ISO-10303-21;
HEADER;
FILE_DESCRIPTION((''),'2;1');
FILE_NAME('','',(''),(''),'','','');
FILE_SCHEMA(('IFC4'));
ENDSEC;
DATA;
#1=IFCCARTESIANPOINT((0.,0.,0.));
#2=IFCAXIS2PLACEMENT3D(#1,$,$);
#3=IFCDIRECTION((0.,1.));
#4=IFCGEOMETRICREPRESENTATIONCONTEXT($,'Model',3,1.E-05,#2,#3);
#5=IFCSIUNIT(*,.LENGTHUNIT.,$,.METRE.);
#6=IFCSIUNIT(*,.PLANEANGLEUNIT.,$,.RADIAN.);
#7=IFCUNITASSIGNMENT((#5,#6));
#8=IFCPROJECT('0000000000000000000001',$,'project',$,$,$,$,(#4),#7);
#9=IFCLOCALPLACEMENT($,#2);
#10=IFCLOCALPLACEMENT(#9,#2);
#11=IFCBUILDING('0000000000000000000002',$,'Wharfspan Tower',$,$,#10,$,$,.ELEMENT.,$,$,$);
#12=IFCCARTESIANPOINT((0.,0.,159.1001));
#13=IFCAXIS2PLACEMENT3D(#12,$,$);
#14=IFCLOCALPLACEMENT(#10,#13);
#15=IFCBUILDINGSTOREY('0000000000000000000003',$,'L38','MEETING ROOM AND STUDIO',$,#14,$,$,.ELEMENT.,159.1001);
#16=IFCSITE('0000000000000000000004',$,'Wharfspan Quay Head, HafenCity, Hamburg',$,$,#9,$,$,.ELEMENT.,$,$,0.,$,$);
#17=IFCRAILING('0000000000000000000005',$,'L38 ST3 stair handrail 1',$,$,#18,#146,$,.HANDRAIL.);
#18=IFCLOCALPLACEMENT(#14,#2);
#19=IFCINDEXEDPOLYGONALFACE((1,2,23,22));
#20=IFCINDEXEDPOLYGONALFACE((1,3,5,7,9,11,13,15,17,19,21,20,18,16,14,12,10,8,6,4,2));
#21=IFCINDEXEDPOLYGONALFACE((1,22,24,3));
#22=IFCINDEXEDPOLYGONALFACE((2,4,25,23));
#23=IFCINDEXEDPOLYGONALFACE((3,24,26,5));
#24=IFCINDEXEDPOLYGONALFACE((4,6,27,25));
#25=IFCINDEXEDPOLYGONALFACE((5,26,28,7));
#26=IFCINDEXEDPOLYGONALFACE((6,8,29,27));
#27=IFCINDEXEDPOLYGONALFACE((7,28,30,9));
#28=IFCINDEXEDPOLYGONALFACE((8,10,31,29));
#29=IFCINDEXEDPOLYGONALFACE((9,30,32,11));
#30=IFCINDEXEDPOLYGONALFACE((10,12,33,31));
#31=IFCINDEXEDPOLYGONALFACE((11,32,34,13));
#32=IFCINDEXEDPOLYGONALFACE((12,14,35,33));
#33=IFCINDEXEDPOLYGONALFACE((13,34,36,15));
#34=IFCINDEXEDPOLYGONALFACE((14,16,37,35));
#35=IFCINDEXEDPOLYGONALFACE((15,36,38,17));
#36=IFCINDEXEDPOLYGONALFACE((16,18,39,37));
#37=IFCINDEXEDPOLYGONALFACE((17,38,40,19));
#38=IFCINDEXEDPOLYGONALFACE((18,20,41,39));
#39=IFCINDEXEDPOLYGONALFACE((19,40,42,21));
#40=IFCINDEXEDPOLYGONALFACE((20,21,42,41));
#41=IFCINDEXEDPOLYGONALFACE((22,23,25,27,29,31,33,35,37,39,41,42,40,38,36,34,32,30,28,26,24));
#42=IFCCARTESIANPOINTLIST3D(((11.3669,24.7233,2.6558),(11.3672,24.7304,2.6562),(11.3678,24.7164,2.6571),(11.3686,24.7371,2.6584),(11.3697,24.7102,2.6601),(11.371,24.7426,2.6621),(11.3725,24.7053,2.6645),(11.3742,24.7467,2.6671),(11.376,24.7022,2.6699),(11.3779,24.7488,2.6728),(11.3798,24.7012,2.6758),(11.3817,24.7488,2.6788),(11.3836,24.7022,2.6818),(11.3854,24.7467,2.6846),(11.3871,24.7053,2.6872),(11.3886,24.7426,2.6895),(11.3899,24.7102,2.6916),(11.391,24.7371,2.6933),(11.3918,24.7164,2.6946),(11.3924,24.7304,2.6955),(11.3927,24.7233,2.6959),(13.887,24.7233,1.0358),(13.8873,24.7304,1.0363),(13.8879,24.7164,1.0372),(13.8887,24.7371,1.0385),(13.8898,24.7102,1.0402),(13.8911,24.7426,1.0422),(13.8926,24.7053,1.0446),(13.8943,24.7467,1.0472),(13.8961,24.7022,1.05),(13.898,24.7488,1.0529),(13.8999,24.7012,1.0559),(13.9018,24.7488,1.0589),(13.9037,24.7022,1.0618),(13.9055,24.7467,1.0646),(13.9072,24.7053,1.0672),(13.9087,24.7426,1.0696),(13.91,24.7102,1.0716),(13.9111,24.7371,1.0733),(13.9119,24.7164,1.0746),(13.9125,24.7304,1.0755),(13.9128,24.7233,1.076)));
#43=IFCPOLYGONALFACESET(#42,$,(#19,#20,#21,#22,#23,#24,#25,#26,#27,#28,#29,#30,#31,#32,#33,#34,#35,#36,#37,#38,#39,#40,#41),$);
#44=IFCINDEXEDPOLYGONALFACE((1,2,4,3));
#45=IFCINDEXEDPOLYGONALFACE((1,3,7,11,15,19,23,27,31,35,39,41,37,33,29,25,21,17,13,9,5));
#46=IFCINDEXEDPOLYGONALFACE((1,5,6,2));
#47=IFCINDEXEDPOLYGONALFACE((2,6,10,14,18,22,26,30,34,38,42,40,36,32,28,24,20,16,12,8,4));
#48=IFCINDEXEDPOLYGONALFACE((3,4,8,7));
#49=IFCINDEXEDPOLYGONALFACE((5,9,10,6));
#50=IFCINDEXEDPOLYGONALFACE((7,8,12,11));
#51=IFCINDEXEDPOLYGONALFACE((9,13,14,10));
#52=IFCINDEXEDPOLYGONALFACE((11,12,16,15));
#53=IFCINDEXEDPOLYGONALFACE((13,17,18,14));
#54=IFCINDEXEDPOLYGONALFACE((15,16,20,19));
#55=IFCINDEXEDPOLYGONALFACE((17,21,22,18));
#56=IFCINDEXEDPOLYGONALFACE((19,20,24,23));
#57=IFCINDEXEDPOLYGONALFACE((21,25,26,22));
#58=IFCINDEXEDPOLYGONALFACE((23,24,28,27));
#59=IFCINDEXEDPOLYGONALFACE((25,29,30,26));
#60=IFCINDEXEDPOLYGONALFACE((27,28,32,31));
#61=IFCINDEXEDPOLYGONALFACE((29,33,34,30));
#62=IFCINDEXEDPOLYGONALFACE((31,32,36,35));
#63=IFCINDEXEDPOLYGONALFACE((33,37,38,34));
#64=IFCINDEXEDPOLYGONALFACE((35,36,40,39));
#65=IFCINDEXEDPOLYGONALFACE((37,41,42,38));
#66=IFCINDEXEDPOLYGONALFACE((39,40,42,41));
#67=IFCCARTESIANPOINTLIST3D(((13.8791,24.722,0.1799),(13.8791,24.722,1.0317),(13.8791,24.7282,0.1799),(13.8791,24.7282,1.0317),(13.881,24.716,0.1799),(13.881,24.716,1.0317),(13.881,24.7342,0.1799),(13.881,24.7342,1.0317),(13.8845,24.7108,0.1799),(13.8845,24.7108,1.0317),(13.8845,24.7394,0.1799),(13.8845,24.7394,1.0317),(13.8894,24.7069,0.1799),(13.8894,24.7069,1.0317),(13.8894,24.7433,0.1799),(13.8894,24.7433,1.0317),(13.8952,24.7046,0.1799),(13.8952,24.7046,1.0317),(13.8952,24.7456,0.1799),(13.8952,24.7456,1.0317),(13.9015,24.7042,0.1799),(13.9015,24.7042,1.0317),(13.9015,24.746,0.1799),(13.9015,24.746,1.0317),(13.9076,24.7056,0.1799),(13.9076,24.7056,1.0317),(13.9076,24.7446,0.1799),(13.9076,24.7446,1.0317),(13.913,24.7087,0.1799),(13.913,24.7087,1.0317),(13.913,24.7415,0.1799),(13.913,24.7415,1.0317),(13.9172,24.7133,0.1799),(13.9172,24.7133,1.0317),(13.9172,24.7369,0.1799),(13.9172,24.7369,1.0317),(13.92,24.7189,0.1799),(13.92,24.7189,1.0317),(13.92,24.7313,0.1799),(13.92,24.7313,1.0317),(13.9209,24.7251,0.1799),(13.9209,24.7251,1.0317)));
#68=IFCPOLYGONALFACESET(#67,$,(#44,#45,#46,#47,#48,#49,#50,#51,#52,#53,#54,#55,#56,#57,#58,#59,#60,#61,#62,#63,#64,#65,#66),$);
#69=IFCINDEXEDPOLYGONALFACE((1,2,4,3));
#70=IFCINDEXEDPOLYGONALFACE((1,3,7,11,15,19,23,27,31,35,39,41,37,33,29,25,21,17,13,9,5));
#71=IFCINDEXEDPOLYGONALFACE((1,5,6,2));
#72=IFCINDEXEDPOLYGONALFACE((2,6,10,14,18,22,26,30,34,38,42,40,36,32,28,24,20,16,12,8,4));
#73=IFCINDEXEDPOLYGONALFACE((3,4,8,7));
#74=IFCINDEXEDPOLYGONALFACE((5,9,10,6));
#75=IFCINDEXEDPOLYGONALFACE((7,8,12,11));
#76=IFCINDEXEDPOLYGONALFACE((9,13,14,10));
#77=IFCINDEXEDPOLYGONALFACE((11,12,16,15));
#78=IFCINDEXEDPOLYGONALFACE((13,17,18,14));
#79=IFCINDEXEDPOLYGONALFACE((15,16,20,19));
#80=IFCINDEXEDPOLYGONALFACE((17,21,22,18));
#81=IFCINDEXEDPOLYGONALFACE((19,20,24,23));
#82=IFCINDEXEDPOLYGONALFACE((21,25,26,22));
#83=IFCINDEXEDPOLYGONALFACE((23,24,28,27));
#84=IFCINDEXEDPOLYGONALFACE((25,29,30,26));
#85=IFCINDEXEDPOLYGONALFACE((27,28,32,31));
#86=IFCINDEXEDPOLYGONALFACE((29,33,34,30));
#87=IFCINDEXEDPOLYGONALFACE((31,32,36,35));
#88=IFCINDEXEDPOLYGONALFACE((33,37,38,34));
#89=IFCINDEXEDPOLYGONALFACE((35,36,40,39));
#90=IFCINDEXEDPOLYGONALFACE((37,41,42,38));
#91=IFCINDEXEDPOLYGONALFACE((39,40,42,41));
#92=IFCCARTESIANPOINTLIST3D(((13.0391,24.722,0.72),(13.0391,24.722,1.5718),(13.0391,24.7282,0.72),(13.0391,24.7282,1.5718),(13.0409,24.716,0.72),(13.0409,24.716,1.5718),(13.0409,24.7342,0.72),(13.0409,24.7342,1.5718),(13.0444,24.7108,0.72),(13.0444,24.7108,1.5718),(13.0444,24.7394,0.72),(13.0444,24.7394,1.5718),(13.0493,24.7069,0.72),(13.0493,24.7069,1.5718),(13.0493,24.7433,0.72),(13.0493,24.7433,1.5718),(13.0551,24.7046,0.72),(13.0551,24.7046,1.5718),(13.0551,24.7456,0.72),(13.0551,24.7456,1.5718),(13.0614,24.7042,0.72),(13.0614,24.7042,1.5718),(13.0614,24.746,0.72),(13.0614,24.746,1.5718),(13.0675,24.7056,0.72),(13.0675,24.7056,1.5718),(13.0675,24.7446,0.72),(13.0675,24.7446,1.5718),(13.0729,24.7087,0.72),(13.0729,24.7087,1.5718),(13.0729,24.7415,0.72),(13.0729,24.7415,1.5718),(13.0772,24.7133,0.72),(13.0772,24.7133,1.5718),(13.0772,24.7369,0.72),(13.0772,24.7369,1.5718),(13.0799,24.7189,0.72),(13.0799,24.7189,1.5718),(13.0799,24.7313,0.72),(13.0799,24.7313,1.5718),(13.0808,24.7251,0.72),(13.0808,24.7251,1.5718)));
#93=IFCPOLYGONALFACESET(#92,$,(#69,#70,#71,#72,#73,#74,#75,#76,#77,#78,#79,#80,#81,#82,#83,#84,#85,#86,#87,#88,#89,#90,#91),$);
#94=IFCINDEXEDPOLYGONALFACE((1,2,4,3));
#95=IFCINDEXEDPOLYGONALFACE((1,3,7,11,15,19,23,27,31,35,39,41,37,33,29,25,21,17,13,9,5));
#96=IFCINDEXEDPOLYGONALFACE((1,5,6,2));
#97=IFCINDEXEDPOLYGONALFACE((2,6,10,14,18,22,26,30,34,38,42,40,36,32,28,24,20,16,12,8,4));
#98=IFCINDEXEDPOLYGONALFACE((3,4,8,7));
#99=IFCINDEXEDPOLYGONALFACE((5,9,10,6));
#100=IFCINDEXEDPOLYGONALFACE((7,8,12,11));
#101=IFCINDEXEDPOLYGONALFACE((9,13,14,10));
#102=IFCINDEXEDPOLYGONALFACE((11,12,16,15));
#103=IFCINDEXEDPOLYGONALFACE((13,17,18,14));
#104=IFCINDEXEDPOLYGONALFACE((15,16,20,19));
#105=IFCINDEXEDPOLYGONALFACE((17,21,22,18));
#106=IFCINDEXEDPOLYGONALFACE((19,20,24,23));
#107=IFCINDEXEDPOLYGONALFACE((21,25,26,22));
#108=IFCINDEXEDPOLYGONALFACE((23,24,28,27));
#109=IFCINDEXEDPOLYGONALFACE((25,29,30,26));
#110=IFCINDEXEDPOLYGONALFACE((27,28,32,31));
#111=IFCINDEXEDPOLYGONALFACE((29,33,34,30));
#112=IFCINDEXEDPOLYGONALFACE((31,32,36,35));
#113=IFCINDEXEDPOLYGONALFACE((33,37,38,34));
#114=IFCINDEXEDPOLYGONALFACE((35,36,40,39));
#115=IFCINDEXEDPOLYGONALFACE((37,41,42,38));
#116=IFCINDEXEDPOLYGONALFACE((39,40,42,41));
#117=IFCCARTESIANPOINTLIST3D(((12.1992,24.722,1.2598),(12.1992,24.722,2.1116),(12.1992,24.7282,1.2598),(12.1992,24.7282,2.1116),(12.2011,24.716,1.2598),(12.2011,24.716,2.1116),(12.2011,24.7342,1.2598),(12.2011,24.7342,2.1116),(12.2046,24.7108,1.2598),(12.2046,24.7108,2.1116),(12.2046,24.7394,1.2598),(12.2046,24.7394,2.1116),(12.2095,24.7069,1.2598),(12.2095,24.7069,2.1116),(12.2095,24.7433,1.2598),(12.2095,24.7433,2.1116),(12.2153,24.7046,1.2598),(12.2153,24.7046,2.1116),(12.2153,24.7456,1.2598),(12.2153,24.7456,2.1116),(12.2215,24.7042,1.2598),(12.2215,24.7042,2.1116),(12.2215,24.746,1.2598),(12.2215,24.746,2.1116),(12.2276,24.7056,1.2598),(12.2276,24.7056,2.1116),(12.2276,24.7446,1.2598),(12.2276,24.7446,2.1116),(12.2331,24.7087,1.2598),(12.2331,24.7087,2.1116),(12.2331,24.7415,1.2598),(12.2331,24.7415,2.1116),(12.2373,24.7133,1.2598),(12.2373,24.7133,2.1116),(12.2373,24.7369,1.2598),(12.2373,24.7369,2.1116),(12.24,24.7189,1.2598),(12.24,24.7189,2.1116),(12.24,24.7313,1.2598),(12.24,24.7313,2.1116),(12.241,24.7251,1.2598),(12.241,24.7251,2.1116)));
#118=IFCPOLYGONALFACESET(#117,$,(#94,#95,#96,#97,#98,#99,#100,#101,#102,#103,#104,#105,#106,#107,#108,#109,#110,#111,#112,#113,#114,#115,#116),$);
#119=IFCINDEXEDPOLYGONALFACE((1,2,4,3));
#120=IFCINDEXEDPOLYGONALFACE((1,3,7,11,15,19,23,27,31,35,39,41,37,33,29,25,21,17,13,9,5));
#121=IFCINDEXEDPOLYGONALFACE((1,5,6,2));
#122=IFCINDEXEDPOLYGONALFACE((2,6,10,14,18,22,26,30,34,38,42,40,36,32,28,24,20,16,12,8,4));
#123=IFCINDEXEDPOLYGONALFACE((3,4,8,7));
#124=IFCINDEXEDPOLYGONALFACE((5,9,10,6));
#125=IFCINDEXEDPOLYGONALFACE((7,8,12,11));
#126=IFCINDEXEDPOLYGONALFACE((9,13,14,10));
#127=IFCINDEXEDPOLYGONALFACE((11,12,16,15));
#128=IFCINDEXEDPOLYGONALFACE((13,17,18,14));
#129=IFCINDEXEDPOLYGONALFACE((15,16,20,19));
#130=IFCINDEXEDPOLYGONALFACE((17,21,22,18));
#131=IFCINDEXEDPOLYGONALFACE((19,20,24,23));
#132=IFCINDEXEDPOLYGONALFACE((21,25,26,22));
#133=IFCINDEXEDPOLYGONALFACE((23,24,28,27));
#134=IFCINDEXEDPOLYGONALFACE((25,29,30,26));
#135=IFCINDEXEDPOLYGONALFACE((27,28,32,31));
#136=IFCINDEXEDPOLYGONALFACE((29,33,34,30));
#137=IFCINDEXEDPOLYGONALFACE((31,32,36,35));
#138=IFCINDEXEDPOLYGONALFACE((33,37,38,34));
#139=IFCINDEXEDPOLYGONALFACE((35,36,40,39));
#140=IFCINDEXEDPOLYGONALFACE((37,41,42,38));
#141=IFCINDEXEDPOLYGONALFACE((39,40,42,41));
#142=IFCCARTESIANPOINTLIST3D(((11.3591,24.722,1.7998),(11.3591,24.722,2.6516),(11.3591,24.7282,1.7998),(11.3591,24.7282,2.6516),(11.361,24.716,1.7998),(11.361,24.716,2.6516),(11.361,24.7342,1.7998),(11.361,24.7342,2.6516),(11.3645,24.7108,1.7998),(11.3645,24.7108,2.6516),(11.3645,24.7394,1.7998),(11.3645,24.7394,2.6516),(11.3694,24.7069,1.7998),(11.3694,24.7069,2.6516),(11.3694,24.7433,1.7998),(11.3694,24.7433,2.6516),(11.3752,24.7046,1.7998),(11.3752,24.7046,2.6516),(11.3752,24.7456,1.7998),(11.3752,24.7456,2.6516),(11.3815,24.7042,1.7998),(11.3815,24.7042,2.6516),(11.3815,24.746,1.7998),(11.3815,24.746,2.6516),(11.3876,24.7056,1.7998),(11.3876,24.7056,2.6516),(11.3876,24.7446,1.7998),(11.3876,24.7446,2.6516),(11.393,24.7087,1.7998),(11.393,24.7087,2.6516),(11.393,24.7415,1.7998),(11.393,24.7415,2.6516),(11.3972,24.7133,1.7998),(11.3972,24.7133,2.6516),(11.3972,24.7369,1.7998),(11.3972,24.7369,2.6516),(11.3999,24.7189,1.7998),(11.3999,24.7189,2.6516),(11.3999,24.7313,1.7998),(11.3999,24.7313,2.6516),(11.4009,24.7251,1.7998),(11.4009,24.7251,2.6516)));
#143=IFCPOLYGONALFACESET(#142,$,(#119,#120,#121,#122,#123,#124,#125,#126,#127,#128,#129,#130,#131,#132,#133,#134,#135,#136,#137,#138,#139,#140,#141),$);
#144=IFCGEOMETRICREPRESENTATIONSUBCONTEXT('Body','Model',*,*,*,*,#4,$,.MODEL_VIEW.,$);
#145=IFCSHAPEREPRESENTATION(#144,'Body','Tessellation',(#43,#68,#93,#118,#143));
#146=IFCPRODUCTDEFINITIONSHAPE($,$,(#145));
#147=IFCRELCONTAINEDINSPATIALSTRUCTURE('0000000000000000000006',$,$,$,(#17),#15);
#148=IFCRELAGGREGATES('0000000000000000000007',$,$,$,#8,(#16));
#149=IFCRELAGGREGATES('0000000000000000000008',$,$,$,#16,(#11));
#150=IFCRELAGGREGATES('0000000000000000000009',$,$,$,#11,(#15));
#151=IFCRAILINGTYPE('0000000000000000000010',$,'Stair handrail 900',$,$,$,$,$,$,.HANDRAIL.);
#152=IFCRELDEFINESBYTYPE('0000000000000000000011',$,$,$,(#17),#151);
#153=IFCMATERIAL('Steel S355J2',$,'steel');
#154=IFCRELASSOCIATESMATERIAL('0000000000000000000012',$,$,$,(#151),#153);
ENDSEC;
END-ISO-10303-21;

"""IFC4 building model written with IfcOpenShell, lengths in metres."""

from ifc_helpers import new_model, si_unit, direction, frame, origin, origin_2d, place, context, subcontext, project, spatial, circle, extrude, material, type_object, element, save


model = new_model("IFC4")

# Units and contexts
model_context = context("Model", 3, precision=1e-05, world=origin(), true_north=direction((0.0, 1.0)))
body_context = subcontext(model_context, "Body", "Model", "MODEL_VIEW")
ifc_project = project(units=[si_unit("LENGTHUNIT", "METRE"), si_unit("PLANEANGLEUNIT", "RADIAN")], contexts=[model_context])

# Site, building, storey
site_placement = place(None, origin())
site = spatial("IfcSite", under=ifc_project, at=site_placement, Name="Wharfspan Quay Head, HafenCity, Hamburg", CompositionType="ELEMENT", RefElevation=0.0)
building_placement = place(site_placement, origin())
building = spatial("IfcBuilding", under=site, at=building_placement, Name="Wharfspan Tower", CompositionType="ELEMENT")
storey_placement = place(building_placement, frame((0.0, 0.0, 159.1001)))
storey = spatial("IfcBuildingStorey", under=building, at=storey_placement, Name="L38", Description="MEETING ROOM AND STUDIO", CompositionType="ELEMENT", Elevation=159.1001)

# Railing
ifc_material_1 = material(Name="Steel S355J2", Category="steel")
railing_type_1 = type_object("IfcRailingType", Name="Stair handrail 900", PredefinedType="HANDRAIL", material=ifc_material_1)
railing_1_placement = place(storey_placement, frame((13.8999, 24.7251, 0.1799)))
element("IfcRailing", 1, at=railing_1_placement, inside=storey, type_object=railing_type_1, Name="L38 ST3 stair handrail 1", PredefinedType="HANDRAIL", context=body_context, shape_type="SweptSolid", body=[
    extrude(circle(Radius=0.0239, at=origin_2d()), frame((0.0, 0.0, 0.876), z_axis=(-0.8412, 0.0, 0.540725), x_axis=(0.0, -1.0, 0.0)), (0.0, 0.0, 1.0), 2.9958),
    extrude(circle(Radius=0.021, at=origin_2d()), origin(), (0.0, 0.0, 1.0), 0.8518),
    extrude(circle(Radius=0.021, at=origin_2d()), frame((-0.8401, 0.0, 0.54)), (0.0, 0.0, 1.0), 0.8518),
    extrude(circle(Radius=0.021, at=origin_2d()), frame((-1.6799, 0.0, 1.0798)), (0.0, 0.0, 1.0), 0.8518),
    extrude(circle(Radius=0.021, at=origin_2d()), frame((-2.52, 0.0, 1.6199)), (0.0, 0.0, 1.0), 0.8518),
])

save(model, "model.ifc")
